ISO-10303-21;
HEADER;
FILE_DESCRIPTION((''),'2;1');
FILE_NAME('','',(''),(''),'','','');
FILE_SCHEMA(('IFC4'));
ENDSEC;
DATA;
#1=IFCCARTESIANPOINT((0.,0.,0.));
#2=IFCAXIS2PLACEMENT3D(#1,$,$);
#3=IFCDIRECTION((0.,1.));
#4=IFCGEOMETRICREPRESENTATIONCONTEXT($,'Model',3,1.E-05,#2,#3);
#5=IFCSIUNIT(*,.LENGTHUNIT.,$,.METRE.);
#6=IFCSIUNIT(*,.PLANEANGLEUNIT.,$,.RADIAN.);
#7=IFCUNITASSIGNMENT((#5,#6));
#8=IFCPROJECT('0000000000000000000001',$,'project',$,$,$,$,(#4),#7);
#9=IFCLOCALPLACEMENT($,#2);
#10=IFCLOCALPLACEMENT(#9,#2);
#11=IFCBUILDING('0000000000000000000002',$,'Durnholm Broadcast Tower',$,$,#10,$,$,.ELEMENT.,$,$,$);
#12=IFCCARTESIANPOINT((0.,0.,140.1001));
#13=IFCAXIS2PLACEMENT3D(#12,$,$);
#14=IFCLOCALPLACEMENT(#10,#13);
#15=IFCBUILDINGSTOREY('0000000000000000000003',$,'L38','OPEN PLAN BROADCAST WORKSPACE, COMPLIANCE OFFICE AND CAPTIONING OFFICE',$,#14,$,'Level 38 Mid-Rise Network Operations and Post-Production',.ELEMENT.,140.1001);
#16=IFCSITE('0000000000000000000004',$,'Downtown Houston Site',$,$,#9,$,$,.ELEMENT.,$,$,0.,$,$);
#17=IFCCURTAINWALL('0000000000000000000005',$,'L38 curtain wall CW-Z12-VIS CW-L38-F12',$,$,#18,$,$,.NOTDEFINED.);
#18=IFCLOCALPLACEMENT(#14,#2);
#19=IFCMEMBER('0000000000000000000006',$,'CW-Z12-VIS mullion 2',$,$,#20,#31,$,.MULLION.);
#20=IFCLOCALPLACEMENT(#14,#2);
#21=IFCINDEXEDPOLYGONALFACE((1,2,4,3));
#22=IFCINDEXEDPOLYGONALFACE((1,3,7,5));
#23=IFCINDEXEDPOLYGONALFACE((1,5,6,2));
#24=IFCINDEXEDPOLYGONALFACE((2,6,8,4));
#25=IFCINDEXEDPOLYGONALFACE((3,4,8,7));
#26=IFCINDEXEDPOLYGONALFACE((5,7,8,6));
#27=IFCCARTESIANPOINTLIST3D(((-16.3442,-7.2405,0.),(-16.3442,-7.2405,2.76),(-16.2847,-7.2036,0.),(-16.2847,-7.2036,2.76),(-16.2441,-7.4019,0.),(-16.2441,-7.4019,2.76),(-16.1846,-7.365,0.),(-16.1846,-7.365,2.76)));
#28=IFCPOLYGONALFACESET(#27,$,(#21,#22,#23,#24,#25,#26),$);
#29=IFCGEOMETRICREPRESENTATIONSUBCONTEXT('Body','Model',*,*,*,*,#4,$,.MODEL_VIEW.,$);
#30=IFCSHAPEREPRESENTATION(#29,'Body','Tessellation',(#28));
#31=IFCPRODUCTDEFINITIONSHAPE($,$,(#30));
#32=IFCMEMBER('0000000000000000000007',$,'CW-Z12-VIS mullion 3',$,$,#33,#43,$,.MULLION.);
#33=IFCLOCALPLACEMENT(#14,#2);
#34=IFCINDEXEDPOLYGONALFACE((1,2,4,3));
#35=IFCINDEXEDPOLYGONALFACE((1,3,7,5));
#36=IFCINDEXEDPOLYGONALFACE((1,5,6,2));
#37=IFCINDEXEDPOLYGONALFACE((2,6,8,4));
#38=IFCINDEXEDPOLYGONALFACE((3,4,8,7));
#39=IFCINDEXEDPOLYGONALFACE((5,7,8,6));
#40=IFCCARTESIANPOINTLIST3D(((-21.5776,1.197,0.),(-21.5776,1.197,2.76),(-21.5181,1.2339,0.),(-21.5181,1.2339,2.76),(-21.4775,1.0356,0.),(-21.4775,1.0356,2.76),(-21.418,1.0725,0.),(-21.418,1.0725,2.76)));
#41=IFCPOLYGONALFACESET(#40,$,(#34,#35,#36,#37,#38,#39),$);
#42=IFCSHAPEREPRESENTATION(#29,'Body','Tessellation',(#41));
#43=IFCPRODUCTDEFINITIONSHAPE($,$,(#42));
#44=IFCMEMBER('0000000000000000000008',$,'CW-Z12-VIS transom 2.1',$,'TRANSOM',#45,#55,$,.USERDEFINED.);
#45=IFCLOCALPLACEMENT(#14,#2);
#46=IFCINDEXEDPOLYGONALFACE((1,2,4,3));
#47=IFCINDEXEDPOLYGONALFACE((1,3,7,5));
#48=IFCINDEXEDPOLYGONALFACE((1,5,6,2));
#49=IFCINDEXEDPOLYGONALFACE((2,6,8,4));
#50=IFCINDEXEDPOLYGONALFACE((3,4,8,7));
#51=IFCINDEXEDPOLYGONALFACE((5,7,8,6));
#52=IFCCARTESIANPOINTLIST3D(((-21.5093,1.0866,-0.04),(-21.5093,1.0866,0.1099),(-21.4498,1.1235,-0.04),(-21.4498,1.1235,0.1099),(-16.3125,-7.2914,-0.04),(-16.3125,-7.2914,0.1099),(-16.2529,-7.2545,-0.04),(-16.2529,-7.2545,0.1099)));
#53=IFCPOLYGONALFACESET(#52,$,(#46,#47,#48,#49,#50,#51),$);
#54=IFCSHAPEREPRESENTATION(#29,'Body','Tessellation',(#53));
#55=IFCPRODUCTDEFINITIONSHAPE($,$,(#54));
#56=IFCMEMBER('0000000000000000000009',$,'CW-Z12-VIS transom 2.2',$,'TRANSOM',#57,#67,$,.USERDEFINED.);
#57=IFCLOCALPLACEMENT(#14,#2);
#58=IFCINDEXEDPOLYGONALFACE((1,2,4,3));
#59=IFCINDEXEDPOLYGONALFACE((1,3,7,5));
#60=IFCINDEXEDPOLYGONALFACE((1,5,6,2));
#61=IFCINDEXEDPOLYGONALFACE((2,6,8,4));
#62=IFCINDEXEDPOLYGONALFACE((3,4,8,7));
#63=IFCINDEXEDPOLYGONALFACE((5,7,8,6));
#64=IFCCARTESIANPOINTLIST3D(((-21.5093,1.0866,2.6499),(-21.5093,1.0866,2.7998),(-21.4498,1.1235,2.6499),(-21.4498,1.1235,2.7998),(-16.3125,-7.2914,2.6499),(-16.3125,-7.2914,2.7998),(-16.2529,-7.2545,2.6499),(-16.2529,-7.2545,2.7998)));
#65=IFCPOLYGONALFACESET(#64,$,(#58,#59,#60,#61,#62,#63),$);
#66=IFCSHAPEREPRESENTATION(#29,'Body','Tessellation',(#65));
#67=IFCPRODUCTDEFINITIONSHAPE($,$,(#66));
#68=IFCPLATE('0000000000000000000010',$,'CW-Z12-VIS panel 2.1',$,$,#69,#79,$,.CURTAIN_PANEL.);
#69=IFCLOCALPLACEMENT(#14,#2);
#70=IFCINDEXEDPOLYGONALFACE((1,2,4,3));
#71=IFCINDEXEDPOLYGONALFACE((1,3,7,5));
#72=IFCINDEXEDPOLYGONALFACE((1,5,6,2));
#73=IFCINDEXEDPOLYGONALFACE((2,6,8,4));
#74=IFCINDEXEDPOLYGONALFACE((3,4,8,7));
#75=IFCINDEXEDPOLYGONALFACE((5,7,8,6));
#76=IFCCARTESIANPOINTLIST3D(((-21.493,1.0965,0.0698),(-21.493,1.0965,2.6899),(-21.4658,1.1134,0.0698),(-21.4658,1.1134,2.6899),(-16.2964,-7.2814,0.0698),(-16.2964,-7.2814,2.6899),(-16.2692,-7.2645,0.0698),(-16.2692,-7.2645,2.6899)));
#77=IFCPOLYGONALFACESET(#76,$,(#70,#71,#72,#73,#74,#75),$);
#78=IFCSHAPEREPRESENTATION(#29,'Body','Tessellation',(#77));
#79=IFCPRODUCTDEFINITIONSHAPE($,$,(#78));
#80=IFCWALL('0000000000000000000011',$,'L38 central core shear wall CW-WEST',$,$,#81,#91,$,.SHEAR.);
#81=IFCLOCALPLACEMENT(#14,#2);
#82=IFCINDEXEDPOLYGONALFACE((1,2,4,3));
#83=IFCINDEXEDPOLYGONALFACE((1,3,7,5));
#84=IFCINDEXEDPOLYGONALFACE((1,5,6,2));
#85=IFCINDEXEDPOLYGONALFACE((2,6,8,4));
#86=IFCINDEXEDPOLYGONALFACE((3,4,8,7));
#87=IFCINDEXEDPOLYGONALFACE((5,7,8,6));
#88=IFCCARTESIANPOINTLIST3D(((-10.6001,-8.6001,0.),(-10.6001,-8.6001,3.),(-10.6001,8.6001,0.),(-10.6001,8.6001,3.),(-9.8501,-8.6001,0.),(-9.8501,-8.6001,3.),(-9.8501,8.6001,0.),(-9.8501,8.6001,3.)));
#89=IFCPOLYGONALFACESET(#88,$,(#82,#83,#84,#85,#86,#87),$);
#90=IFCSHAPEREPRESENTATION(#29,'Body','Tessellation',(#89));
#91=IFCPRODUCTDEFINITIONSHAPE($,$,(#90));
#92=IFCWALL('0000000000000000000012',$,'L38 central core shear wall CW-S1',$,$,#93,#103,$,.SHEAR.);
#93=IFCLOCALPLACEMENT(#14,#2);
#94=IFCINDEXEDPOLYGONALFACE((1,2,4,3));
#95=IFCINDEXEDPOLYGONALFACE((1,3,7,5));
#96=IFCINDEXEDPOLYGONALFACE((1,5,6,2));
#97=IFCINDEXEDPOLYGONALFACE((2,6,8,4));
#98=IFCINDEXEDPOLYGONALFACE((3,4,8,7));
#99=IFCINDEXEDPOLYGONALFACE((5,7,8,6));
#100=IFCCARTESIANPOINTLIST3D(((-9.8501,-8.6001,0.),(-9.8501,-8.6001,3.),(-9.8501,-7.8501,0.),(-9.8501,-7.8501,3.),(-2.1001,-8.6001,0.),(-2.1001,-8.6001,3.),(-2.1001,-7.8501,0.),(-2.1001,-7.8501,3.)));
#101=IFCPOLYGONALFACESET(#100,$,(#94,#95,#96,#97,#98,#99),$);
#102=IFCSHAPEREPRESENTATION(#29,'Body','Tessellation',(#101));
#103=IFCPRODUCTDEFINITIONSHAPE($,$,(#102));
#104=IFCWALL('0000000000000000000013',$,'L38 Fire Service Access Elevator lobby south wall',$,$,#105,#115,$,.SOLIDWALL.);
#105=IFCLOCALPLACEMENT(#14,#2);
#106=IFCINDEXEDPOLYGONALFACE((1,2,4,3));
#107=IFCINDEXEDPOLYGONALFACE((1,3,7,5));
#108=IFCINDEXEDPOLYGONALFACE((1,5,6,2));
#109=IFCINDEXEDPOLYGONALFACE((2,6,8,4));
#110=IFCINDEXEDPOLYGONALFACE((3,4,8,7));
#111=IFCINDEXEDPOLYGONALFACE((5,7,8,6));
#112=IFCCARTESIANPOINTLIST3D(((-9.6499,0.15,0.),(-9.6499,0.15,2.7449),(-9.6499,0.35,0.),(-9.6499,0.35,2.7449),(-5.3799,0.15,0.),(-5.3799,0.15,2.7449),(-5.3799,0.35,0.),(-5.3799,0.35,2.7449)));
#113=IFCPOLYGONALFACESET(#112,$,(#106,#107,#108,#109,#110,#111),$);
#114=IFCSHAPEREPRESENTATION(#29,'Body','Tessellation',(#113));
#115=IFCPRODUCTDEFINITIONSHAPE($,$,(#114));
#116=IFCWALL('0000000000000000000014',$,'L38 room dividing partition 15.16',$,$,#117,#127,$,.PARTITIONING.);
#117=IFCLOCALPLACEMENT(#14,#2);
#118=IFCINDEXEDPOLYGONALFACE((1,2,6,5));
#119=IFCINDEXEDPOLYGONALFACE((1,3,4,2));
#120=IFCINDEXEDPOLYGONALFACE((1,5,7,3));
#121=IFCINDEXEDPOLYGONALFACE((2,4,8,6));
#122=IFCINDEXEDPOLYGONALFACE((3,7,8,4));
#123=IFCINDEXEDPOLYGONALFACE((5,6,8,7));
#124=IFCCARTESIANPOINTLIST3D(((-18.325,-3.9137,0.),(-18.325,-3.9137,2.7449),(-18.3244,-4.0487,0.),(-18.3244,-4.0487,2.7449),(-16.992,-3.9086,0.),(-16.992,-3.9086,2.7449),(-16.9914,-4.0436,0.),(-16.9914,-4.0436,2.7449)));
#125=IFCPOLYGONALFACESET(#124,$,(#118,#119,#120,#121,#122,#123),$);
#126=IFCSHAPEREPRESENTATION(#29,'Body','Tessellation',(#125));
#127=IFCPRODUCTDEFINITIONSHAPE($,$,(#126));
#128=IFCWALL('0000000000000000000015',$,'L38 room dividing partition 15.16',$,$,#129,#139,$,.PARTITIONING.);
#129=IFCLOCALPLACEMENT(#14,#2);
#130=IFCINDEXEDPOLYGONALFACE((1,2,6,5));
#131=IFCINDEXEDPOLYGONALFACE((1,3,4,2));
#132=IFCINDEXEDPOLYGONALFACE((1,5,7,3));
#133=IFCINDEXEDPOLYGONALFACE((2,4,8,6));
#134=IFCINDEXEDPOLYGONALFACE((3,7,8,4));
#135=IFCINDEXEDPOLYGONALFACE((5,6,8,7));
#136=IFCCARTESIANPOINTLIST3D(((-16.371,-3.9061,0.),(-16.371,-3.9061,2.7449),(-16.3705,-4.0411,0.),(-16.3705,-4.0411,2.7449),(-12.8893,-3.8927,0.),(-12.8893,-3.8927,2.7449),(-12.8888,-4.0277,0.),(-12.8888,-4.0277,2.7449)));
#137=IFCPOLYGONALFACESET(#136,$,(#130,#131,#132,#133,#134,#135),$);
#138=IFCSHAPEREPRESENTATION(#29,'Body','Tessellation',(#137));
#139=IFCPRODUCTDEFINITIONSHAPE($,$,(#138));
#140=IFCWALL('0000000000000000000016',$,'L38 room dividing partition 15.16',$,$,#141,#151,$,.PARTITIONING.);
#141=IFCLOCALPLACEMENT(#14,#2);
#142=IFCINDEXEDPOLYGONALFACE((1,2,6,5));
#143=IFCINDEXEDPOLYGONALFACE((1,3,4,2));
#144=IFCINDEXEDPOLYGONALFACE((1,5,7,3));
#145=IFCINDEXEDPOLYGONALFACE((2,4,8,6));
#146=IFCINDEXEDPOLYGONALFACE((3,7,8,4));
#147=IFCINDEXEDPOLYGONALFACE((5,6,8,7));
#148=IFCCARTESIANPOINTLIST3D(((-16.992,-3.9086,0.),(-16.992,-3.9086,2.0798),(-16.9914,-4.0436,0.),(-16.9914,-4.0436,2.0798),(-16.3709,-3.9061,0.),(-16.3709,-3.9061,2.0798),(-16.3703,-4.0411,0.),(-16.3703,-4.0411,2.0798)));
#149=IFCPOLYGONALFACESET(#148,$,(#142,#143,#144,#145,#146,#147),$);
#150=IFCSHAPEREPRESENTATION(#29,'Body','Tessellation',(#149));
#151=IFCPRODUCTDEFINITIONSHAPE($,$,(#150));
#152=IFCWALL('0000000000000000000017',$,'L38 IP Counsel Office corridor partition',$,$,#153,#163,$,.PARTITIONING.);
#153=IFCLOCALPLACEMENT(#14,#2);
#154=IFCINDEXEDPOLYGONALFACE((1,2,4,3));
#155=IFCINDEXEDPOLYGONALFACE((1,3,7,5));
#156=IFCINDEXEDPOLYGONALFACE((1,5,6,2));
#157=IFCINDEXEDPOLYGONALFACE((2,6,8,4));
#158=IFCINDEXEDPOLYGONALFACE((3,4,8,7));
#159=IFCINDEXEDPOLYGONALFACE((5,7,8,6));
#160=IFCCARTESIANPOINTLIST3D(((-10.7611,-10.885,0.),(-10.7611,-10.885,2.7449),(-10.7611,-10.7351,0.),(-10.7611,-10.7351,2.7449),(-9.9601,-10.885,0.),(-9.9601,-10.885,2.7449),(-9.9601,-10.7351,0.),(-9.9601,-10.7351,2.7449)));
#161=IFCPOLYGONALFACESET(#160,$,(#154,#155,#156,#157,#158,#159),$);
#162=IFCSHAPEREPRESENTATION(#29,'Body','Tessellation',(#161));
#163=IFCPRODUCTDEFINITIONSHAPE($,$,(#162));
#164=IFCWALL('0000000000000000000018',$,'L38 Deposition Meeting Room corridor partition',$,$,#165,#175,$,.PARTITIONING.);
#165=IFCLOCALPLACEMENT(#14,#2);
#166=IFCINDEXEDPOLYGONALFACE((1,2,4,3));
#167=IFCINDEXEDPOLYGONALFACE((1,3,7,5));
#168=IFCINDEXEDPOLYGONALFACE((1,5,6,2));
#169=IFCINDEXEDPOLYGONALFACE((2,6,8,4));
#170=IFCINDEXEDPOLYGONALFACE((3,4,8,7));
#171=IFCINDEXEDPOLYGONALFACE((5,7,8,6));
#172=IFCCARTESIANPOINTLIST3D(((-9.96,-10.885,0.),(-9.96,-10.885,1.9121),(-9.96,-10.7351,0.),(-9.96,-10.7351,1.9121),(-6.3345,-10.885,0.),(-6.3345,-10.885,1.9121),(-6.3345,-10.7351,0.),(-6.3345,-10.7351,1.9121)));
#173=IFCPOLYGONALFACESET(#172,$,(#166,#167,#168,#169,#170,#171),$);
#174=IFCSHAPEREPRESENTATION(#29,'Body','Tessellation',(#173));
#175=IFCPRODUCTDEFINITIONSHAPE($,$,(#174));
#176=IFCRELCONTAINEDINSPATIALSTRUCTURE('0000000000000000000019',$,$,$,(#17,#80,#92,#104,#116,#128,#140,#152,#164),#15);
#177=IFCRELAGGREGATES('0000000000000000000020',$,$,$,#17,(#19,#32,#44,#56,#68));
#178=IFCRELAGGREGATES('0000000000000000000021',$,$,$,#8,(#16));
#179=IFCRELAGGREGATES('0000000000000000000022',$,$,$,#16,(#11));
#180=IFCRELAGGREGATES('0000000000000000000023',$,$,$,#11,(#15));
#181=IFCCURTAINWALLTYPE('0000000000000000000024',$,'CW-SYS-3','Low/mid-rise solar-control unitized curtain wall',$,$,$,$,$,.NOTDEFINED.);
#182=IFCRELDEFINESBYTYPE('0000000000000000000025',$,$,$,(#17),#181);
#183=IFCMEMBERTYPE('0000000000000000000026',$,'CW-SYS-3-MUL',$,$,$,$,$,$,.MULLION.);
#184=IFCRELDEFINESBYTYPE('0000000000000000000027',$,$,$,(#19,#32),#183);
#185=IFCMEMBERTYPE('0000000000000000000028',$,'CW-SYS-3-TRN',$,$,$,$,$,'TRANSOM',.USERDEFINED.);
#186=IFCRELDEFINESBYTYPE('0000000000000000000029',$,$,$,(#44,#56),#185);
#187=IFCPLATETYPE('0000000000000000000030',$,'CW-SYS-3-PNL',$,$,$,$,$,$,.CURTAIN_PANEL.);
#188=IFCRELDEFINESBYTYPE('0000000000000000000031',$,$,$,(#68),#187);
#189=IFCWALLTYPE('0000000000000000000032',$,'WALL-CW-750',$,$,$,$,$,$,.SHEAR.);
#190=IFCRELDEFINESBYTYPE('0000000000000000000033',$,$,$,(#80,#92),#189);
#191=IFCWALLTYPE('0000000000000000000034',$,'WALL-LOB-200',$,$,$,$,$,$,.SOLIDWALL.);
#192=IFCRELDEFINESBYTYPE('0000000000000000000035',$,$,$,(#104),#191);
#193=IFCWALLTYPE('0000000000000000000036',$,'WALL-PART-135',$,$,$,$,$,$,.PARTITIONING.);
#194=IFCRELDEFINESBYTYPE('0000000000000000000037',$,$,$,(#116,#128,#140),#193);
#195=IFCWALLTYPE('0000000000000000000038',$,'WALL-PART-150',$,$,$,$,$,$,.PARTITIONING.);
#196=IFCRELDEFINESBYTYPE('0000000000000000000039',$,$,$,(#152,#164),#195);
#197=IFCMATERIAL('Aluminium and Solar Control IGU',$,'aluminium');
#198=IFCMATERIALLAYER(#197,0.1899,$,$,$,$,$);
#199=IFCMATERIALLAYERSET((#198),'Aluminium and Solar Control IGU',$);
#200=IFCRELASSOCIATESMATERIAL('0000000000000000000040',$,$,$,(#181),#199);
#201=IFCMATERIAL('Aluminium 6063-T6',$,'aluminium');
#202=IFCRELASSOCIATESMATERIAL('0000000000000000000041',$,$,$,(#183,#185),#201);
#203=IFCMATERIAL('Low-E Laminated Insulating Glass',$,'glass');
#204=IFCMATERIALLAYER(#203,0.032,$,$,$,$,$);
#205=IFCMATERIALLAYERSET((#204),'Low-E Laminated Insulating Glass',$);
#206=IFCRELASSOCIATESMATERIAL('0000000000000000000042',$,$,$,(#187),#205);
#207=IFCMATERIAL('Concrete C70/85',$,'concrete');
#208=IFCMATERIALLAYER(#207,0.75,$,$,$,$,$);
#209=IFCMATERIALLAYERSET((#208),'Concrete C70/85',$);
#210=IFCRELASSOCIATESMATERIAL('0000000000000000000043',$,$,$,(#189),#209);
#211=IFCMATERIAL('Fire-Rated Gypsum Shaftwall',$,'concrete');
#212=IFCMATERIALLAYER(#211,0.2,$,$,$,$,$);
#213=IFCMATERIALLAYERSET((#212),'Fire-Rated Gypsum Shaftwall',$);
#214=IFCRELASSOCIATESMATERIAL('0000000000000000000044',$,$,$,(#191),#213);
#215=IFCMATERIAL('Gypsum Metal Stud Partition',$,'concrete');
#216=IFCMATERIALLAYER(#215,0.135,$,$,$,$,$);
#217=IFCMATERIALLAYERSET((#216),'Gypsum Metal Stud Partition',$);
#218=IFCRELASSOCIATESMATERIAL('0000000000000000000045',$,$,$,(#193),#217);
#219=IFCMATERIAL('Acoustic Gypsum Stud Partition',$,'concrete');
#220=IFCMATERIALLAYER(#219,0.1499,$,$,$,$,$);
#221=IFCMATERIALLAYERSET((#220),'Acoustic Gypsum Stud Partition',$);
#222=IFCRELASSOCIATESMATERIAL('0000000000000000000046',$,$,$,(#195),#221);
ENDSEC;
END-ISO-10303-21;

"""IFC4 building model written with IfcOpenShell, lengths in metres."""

from ifc_helpers import new_model, si_unit, direction, frame, frame_2d, origin, origin_2d, place, context, subcontext, project, spatial, rectangle, extrude, source, transform, mapped, material, layer, layer_set, material_profile, profile_set, type_object, type_shapes, element, aggregate, save


model = new_model("IFC4")

# Units and contexts
model_context = context("Model", 3, precision=1e-05, world=origin(), true_north=direction((0.0, 1.0)))
body_context = subcontext(model_context, "Body", "Model", "MODEL_VIEW")
ifc_project = project(units=[si_unit("LENGTHUNIT", "METRE"), si_unit("PLANEANGLEUNIT", "RADIAN")], contexts=[model_context])

# Site, building, storey
site_placement = place(None, origin())
site = spatial("IfcSite", under=ifc_project, at=site_placement, Name="Downtown Houston Site", CompositionType="ELEMENT", RefElevation=0.0)
building_placement = place(site_placement, origin())
building = spatial("IfcBuilding", under=site, at=building_placement, Name="Durnholm Broadcast Tower", CompositionType="ELEMENT")
storey_placement = place(building_placement, frame((0.0, 0.0, 140.1001)))
storey = spatial("IfcBuildingStorey", under=building, at=storey_placement, Name="L38", Description="OPEN PLAN BROADCAST WORKSPACE, COMPLIANCE OFFICE AND CAPTIONING OFFICE", LongName="Level 38 Mid-Rise Network Operations and Post-Production", CompositionType="ELEMENT", Elevation=140.1001)

# Shared definitions
ifc_material_1 = material(Name="Concrete C70/85", Category="concrete")

# Shared definitions
ifc_material_2 = material(Name="Aluminium and Solar Control IGU", Category="aluminium")
ifc_material_3 = material(Name="Aluminium 6063-T6", Category="aluminium")

# Curtain wall, members, plate
ifc_layer_1 = layer(ifc_material_2, 0.1899)
ifc_layer_set_1 = layer_set([ifc_layer_1], Name="Aluminium and Solar Control IGU")
curtain_wall_type_1 = type_object("IfcCurtainWallType", Name="CW-SYS-3", Description="Low/mid-rise solar-control unitized curtain wall", PredefinedType="NOTDEFINED", material=ifc_layer_set_1)
curtain_wall_1_placement = place(storey_placement, origin())
curtain_wall_1 = element("IfcCurtainWall", 1, at=curtain_wall_1_placement, inside=storey, type_object=curtain_wall_type_1, Name="L38 curtain wall CW-Z12-VIS CW-L38-F12", PredefinedType="NOTDEFINED")
ifc_material_profile_1 = material_profile(ifc_material_3, rectangle(XDim=0.0701, YDim=0.1899, at=origin_2d()), Name="CWM70X190")
ifc_profile_set_1 = profile_set([ifc_material_profile_1], Name="Aluminium 6063-T6")
member_type_1 = type_object("IfcMemberType", Name="CW-SYS-3-MUL", PredefinedType="MULLION", material=ifc_profile_set_1)
shared_shape_1 = source(origin(), body_context, "Body", "SweptSolid", [
    extrude(rectangle(XDim=0.0701, YDim=0.1899, at=origin_2d()), origin(), (0.0, 0.0, 1.0), 2.76),
])
type_shapes(member_type_1, [shared_shape_1])
member_1_placement = place(storey_placement, frame((-16.2644, -7.3027, 0.0), z_axis=(0.0, 0.0, 1.0), x_axis=(-0.8498, -0.527105, 0.0)))
member_1 = element("IfcMember", 2, at=member_1_placement, type_object=member_type_1, Name="CW-Z12-VIS mullion 2", PredefinedType="MULLION", context=body_context, shape_type="MappedRepresentation", body=[
    mapped(shared_shape_1, transform((0.0, 0.0, 0.0), x_axis=(1.0, 0.0, 0.0), y_axis=(0.0, 1.0, 0.0), z_axis=(0.0, 0.0, 1.0), scale=1.0)),
])
member_2_placement = place(storey_placement, frame((-21.4978, 1.1348, 0.0), z_axis=(0.0, 0.0, 1.0), x_axis=(-0.8498, -0.527105, 0.0)))
member_2 = element("IfcMember", 3, at=member_2_placement, type_object=member_type_1, Name="CW-Z12-VIS mullion 3", PredefinedType="MULLION", context=body_context, shape_type="MappedRepresentation", body=[
    mapped(shared_shape_1, transform((0.0, 0.0, 0.0), x_axis=(1.0, 0.0, 0.0), y_axis=(0.0, 1.0, 0.0), z_axis=(0.0, 0.0, 1.0), scale=1.0)),
])
ifc_material_profile_2 = material_profile(ifc_material_3, rectangle(XDim=0.0701, YDim=0.1499, at=origin_2d()), Name="CWT70X150")
ifc_profile_set_2 = profile_set([ifc_material_profile_2], Name="Aluminium 6063-T6")
member_type_2 = type_object("IfcMemberType", Name="CW-SYS-3-TRN", ElementType="TRANSOM", PredefinedType="USERDEFINED", material=ifc_profile_set_2)
shared_shape_2 = source(origin(), body_context, "Body", "SweptSolid", [
    extrude(rectangle(XDim=0.0701, YDim=0.1499, at=origin_2d()), origin(), (0.0, 0.0, 1.0), 9.8589),
])
type_shapes(member_type_2, [shared_shape_2])
member_3_placement = place(storey_placement, frame((-16.2827, -7.2729, 0.0349), z_axis=(-0.52712, 0.849791, 0.0), x_axis=(-0.849791, -0.52712, 0.0)))
member_3 = element("IfcMember", 4, at=member_3_placement, type_object=member_type_2, Name="CW-Z12-VIS transom 2.1", ObjectType="TRANSOM", PredefinedType="USERDEFINED", context=body_context, shape_type="MappedRepresentation", body=[
    mapped(shared_shape_2, transform((0.0, 0.0, 0.0), x_axis=(1.0, 0.0, 0.0), y_axis=(0.0, 1.0, 0.0), z_axis=(0.0, 0.0, 1.0), scale=1.0)),
])
member_4_placement = place(storey_placement, frame((-16.2827, -7.2729, 2.7249), z_axis=(-0.52712, 0.849791, 0.0), x_axis=(-0.849791, -0.52712, 0.0)))
member_4 = element("IfcMember", 5, at=member_4_placement, type_object=member_type_2, Name="CW-Z12-VIS transom 2.2", ObjectType="TRANSOM", PredefinedType="USERDEFINED", context=body_context, shape_type="MappedRepresentation", body=[
    mapped(shared_shape_2, transform((0.0, 0.0, 0.0), x_axis=(1.0, 0.0, 0.0), y_axis=(0.0, 1.0, 0.0), z_axis=(0.0, 0.0, 1.0), scale=1.0)),
])
ifc_material_4 = material(Name="Low-E Laminated Insulating Glass", Category="glass")
ifc_layer_2 = layer(ifc_material_4, 0.032)
ifc_layer_set_2 = layer_set([ifc_layer_2], Name="Low-E Laminated Insulating Glass")
plate_type = type_object("IfcPlateType", Name="CW-SYS-3-PNL", PredefinedType="CURTAIN_PANEL", material=ifc_layer_set_2)
shared_shape_3 = source(origin(), body_context, "Body", "SweptSolid", [
    extrude(rectangle(XDim=9.8586, YDim=0.032, at=origin_2d()), origin(), (0.0, 0.0, 1.0), 2.6201),
])
type_shapes(plate_type, [shared_shape_3])
plate_placement = place(storey_placement, frame((-18.8811, -3.084, 0.0698), z_axis=(0.0, 0.0, 1.0), x_axis=(-0.527105, 0.8498, 0.0)))
plate = element("IfcPlate", 6, at=plate_placement, type_object=plate_type, Name="CW-Z12-VIS panel 2.1", PredefinedType="CURTAIN_PANEL", context=body_context, shape_type="MappedRepresentation", body=[
    mapped(shared_shape_3, transform((0.0, 0.0, 0.0), x_axis=(1.0, 0.0, 0.0), y_axis=(0.0, 1.0, 0.0), z_axis=(0.0, 0.0, 1.0), scale=1.0)),
])
aggregate(curtain_wall_1, [member_1, member_2, member_3, member_4, plate])

# Walls
ifc_layer_3 = layer(ifc_material_1, 0.75)
ifc_layer_set_3 = layer_set([ifc_layer_3], Name="Concrete C70/85")
wall_type_1 = type_object("IfcWallType", Name="WALL-CW-750", PredefinedType="SHEAR", material=ifc_layer_set_3)
wall_1_placement = place(storey_placement, frame((-10.2251, -8.6001, 0.0), z_axis=(0.0, 0.0, 1.0), x_axis=(0.0, 1.0, 0.0)))
element("IfcWall", 7, at=wall_1_placement, inside=storey, type_object=wall_type_1, Name="L38 central core shear wall CW-WEST", PredefinedType="SHEAR", context=body_context, shape_type="SweptSolid", body=[
    extrude(rectangle(XDim=17.2002, YDim=0.75, at=frame_2d((8.6001, 0.0))), origin(), (0.0, 0.0, 1.0), 3.0),
])
wall_2_placement = place(storey_placement, frame((-9.8501, -8.2251, 0.0), z_axis=(0.0, 0.0, 1.0), x_axis=(1.0, 0.0, 0.0)))
element("IfcWall", 8, at=wall_2_placement, inside=storey, type_object=wall_type_1, Name="L38 central core shear wall CW-S1", PredefinedType="SHEAR", context=body_context, shape_type="SweptSolid", body=[
    extrude(rectangle(XDim=7.75, YDim=0.75, at=frame_2d((3.875, 0.0))), origin(), (0.0, 0.0, 1.0), 3.0),
])
ifc_material_5 = material(Name="Fire-Rated Gypsum Shaftwall", Category="concrete")
ifc_layer_4 = layer(ifc_material_5, 0.2)
ifc_layer_set_4 = layer_set([ifc_layer_4], Name="Fire-Rated Gypsum Shaftwall")
wall_type_2 = type_object("IfcWallType", Name="WALL-LOB-200", PredefinedType="SOLIDWALL", material=ifc_layer_set_4)
wall_3_placement = place(storey_placement, frame((-9.6499, 0.25, 0.0), z_axis=(0.0, 0.0, 1.0), x_axis=(1.0, 0.0, 0.0)))
element("IfcWall", 9, at=wall_3_placement, inside=storey, type_object=wall_type_2, Name="L38 Fire Service Access Elevator lobby south wall", PredefinedType="SOLIDWALL", context=body_context, shape_type="SweptSolid", body=[
    extrude(rectangle(XDim=4.27, YDim=0.2, at=frame_2d((2.135, 0.0))), origin(), (0.0, 0.0, 1.0), 2.7449),
])
ifc_material_6 = material(Name="Gypsum Metal Stud Partition", Category="concrete")
ifc_layer_5 = layer(ifc_material_6, 0.135)
ifc_layer_set_5 = layer_set([ifc_layer_5], Name="Gypsum Metal Stud Partition")
wall_type_3 = type_object("IfcWallType", Name="WALL-PART-135", PredefinedType="PARTITIONING", material=ifc_layer_set_5)
wall_4_placement = place(storey_placement, frame((-18.3247, -3.9812, 0.0), z_axis=(0.0, 0.0, 1.0), x_axis=(0.999993, 0.003846, 0.0)))
element("IfcWall", 10, at=wall_4_placement, inside=storey, type_object=wall_type_3, Name="L38 room dividing partition 15.16", PredefinedType="PARTITIONING", context=body_context, shape_type="SweptSolid", body=[
    extrude(rectangle(XDim=1.333, YDim=0.135, at=frame_2d((0.6665, 0.0))), origin(), (0.0, 0.0, 1.0), 2.7449),
])
wall_5_placement = place(storey_placement, frame((-16.3706, -3.9736, 0.0), z_axis=(0.0, 0.0, 1.0), x_axis=(0.999993, 0.003857, 0.0)))
element("IfcWall", 11, at=wall_5_placement, inside=storey, type_object=wall_type_3, Name="L38 room dividing partition 15.16", PredefinedType="PARTITIONING", context=body_context, shape_type="SweptSolid", body=[
    extrude(rectangle(XDim=3.4817, YDim=0.135, at=frame_2d((1.7407, 0.0))), origin(), (0.0, 0.0, 1.0), 2.7449),
])
wall_6_placement = place(storey_placement, frame((-16.9917, -3.9761, 0.0), z_axis=(0.0, 0.0, 1.0), x_axis=(0.999992, 0.003931, 0.0)))
element("IfcWall", 12, at=wall_6_placement, inside=storey, type_object=wall_type_3, Name="L38 room dividing partition 15.16", PredefinedType="PARTITIONING", context=body_context, shape_type="SweptSolid", body=[
    extrude(rectangle(XDim=0.6211, YDim=0.135, at=frame_2d((0.3105, 0.0))), origin(), (0.0, 0.0, 1.0), 2.0798),
])
ifc_material_7 = material(Name="Acoustic Gypsum Stud Partition", Category="concrete")
ifc_layer_6 = layer(ifc_material_7, 0.1499)
ifc_layer_set_6 = layer_set([ifc_layer_6], Name="Acoustic Gypsum Stud Partition")
wall_type_4 = type_object("IfcWallType", Name="WALL-PART-150", PredefinedType="PARTITIONING", material=ifc_layer_set_6)
wall_7_placement = place(storey_placement, frame((-10.761, -10.8101, 0.0), z_axis=(0.0, 0.0, 1.0), x_axis=(1.0, 0.0, 0.0)))
element("IfcWall", 13, at=wall_7_placement, inside=storey, type_object=wall_type_4, Name="L38 IP Counsel Office corridor partition", PredefinedType="PARTITIONING", context=body_context, shape_type="SweptSolid", body=[
    extrude(rectangle(XDim=0.801, YDim=0.1499, at=frame_2d((0.4004, 0.0))), origin(), (0.0, 0.0, 1.0), 2.7449),
])
wall_8_placement = place(storey_placement, frame((-9.96, -10.8101, 0.0), z_axis=(0.0, 0.0, 1.0), x_axis=(1.0, 0.0, 0.0)))
element("IfcWall", 14, at=wall_8_placement, inside=storey, type_object=wall_type_4, Name="L38 Deposition Meeting Room corridor partition", PredefinedType="PARTITIONING", context=body_context, shape_type="SweptSolid", body=[
    extrude(rectangle(XDim=3.6255, YDim=0.1499, at=frame_2d((1.8127, 0.0))), origin(), (0.0, 0.0, 1.0), 1.9121),
])

save(model, "model.ifc")
